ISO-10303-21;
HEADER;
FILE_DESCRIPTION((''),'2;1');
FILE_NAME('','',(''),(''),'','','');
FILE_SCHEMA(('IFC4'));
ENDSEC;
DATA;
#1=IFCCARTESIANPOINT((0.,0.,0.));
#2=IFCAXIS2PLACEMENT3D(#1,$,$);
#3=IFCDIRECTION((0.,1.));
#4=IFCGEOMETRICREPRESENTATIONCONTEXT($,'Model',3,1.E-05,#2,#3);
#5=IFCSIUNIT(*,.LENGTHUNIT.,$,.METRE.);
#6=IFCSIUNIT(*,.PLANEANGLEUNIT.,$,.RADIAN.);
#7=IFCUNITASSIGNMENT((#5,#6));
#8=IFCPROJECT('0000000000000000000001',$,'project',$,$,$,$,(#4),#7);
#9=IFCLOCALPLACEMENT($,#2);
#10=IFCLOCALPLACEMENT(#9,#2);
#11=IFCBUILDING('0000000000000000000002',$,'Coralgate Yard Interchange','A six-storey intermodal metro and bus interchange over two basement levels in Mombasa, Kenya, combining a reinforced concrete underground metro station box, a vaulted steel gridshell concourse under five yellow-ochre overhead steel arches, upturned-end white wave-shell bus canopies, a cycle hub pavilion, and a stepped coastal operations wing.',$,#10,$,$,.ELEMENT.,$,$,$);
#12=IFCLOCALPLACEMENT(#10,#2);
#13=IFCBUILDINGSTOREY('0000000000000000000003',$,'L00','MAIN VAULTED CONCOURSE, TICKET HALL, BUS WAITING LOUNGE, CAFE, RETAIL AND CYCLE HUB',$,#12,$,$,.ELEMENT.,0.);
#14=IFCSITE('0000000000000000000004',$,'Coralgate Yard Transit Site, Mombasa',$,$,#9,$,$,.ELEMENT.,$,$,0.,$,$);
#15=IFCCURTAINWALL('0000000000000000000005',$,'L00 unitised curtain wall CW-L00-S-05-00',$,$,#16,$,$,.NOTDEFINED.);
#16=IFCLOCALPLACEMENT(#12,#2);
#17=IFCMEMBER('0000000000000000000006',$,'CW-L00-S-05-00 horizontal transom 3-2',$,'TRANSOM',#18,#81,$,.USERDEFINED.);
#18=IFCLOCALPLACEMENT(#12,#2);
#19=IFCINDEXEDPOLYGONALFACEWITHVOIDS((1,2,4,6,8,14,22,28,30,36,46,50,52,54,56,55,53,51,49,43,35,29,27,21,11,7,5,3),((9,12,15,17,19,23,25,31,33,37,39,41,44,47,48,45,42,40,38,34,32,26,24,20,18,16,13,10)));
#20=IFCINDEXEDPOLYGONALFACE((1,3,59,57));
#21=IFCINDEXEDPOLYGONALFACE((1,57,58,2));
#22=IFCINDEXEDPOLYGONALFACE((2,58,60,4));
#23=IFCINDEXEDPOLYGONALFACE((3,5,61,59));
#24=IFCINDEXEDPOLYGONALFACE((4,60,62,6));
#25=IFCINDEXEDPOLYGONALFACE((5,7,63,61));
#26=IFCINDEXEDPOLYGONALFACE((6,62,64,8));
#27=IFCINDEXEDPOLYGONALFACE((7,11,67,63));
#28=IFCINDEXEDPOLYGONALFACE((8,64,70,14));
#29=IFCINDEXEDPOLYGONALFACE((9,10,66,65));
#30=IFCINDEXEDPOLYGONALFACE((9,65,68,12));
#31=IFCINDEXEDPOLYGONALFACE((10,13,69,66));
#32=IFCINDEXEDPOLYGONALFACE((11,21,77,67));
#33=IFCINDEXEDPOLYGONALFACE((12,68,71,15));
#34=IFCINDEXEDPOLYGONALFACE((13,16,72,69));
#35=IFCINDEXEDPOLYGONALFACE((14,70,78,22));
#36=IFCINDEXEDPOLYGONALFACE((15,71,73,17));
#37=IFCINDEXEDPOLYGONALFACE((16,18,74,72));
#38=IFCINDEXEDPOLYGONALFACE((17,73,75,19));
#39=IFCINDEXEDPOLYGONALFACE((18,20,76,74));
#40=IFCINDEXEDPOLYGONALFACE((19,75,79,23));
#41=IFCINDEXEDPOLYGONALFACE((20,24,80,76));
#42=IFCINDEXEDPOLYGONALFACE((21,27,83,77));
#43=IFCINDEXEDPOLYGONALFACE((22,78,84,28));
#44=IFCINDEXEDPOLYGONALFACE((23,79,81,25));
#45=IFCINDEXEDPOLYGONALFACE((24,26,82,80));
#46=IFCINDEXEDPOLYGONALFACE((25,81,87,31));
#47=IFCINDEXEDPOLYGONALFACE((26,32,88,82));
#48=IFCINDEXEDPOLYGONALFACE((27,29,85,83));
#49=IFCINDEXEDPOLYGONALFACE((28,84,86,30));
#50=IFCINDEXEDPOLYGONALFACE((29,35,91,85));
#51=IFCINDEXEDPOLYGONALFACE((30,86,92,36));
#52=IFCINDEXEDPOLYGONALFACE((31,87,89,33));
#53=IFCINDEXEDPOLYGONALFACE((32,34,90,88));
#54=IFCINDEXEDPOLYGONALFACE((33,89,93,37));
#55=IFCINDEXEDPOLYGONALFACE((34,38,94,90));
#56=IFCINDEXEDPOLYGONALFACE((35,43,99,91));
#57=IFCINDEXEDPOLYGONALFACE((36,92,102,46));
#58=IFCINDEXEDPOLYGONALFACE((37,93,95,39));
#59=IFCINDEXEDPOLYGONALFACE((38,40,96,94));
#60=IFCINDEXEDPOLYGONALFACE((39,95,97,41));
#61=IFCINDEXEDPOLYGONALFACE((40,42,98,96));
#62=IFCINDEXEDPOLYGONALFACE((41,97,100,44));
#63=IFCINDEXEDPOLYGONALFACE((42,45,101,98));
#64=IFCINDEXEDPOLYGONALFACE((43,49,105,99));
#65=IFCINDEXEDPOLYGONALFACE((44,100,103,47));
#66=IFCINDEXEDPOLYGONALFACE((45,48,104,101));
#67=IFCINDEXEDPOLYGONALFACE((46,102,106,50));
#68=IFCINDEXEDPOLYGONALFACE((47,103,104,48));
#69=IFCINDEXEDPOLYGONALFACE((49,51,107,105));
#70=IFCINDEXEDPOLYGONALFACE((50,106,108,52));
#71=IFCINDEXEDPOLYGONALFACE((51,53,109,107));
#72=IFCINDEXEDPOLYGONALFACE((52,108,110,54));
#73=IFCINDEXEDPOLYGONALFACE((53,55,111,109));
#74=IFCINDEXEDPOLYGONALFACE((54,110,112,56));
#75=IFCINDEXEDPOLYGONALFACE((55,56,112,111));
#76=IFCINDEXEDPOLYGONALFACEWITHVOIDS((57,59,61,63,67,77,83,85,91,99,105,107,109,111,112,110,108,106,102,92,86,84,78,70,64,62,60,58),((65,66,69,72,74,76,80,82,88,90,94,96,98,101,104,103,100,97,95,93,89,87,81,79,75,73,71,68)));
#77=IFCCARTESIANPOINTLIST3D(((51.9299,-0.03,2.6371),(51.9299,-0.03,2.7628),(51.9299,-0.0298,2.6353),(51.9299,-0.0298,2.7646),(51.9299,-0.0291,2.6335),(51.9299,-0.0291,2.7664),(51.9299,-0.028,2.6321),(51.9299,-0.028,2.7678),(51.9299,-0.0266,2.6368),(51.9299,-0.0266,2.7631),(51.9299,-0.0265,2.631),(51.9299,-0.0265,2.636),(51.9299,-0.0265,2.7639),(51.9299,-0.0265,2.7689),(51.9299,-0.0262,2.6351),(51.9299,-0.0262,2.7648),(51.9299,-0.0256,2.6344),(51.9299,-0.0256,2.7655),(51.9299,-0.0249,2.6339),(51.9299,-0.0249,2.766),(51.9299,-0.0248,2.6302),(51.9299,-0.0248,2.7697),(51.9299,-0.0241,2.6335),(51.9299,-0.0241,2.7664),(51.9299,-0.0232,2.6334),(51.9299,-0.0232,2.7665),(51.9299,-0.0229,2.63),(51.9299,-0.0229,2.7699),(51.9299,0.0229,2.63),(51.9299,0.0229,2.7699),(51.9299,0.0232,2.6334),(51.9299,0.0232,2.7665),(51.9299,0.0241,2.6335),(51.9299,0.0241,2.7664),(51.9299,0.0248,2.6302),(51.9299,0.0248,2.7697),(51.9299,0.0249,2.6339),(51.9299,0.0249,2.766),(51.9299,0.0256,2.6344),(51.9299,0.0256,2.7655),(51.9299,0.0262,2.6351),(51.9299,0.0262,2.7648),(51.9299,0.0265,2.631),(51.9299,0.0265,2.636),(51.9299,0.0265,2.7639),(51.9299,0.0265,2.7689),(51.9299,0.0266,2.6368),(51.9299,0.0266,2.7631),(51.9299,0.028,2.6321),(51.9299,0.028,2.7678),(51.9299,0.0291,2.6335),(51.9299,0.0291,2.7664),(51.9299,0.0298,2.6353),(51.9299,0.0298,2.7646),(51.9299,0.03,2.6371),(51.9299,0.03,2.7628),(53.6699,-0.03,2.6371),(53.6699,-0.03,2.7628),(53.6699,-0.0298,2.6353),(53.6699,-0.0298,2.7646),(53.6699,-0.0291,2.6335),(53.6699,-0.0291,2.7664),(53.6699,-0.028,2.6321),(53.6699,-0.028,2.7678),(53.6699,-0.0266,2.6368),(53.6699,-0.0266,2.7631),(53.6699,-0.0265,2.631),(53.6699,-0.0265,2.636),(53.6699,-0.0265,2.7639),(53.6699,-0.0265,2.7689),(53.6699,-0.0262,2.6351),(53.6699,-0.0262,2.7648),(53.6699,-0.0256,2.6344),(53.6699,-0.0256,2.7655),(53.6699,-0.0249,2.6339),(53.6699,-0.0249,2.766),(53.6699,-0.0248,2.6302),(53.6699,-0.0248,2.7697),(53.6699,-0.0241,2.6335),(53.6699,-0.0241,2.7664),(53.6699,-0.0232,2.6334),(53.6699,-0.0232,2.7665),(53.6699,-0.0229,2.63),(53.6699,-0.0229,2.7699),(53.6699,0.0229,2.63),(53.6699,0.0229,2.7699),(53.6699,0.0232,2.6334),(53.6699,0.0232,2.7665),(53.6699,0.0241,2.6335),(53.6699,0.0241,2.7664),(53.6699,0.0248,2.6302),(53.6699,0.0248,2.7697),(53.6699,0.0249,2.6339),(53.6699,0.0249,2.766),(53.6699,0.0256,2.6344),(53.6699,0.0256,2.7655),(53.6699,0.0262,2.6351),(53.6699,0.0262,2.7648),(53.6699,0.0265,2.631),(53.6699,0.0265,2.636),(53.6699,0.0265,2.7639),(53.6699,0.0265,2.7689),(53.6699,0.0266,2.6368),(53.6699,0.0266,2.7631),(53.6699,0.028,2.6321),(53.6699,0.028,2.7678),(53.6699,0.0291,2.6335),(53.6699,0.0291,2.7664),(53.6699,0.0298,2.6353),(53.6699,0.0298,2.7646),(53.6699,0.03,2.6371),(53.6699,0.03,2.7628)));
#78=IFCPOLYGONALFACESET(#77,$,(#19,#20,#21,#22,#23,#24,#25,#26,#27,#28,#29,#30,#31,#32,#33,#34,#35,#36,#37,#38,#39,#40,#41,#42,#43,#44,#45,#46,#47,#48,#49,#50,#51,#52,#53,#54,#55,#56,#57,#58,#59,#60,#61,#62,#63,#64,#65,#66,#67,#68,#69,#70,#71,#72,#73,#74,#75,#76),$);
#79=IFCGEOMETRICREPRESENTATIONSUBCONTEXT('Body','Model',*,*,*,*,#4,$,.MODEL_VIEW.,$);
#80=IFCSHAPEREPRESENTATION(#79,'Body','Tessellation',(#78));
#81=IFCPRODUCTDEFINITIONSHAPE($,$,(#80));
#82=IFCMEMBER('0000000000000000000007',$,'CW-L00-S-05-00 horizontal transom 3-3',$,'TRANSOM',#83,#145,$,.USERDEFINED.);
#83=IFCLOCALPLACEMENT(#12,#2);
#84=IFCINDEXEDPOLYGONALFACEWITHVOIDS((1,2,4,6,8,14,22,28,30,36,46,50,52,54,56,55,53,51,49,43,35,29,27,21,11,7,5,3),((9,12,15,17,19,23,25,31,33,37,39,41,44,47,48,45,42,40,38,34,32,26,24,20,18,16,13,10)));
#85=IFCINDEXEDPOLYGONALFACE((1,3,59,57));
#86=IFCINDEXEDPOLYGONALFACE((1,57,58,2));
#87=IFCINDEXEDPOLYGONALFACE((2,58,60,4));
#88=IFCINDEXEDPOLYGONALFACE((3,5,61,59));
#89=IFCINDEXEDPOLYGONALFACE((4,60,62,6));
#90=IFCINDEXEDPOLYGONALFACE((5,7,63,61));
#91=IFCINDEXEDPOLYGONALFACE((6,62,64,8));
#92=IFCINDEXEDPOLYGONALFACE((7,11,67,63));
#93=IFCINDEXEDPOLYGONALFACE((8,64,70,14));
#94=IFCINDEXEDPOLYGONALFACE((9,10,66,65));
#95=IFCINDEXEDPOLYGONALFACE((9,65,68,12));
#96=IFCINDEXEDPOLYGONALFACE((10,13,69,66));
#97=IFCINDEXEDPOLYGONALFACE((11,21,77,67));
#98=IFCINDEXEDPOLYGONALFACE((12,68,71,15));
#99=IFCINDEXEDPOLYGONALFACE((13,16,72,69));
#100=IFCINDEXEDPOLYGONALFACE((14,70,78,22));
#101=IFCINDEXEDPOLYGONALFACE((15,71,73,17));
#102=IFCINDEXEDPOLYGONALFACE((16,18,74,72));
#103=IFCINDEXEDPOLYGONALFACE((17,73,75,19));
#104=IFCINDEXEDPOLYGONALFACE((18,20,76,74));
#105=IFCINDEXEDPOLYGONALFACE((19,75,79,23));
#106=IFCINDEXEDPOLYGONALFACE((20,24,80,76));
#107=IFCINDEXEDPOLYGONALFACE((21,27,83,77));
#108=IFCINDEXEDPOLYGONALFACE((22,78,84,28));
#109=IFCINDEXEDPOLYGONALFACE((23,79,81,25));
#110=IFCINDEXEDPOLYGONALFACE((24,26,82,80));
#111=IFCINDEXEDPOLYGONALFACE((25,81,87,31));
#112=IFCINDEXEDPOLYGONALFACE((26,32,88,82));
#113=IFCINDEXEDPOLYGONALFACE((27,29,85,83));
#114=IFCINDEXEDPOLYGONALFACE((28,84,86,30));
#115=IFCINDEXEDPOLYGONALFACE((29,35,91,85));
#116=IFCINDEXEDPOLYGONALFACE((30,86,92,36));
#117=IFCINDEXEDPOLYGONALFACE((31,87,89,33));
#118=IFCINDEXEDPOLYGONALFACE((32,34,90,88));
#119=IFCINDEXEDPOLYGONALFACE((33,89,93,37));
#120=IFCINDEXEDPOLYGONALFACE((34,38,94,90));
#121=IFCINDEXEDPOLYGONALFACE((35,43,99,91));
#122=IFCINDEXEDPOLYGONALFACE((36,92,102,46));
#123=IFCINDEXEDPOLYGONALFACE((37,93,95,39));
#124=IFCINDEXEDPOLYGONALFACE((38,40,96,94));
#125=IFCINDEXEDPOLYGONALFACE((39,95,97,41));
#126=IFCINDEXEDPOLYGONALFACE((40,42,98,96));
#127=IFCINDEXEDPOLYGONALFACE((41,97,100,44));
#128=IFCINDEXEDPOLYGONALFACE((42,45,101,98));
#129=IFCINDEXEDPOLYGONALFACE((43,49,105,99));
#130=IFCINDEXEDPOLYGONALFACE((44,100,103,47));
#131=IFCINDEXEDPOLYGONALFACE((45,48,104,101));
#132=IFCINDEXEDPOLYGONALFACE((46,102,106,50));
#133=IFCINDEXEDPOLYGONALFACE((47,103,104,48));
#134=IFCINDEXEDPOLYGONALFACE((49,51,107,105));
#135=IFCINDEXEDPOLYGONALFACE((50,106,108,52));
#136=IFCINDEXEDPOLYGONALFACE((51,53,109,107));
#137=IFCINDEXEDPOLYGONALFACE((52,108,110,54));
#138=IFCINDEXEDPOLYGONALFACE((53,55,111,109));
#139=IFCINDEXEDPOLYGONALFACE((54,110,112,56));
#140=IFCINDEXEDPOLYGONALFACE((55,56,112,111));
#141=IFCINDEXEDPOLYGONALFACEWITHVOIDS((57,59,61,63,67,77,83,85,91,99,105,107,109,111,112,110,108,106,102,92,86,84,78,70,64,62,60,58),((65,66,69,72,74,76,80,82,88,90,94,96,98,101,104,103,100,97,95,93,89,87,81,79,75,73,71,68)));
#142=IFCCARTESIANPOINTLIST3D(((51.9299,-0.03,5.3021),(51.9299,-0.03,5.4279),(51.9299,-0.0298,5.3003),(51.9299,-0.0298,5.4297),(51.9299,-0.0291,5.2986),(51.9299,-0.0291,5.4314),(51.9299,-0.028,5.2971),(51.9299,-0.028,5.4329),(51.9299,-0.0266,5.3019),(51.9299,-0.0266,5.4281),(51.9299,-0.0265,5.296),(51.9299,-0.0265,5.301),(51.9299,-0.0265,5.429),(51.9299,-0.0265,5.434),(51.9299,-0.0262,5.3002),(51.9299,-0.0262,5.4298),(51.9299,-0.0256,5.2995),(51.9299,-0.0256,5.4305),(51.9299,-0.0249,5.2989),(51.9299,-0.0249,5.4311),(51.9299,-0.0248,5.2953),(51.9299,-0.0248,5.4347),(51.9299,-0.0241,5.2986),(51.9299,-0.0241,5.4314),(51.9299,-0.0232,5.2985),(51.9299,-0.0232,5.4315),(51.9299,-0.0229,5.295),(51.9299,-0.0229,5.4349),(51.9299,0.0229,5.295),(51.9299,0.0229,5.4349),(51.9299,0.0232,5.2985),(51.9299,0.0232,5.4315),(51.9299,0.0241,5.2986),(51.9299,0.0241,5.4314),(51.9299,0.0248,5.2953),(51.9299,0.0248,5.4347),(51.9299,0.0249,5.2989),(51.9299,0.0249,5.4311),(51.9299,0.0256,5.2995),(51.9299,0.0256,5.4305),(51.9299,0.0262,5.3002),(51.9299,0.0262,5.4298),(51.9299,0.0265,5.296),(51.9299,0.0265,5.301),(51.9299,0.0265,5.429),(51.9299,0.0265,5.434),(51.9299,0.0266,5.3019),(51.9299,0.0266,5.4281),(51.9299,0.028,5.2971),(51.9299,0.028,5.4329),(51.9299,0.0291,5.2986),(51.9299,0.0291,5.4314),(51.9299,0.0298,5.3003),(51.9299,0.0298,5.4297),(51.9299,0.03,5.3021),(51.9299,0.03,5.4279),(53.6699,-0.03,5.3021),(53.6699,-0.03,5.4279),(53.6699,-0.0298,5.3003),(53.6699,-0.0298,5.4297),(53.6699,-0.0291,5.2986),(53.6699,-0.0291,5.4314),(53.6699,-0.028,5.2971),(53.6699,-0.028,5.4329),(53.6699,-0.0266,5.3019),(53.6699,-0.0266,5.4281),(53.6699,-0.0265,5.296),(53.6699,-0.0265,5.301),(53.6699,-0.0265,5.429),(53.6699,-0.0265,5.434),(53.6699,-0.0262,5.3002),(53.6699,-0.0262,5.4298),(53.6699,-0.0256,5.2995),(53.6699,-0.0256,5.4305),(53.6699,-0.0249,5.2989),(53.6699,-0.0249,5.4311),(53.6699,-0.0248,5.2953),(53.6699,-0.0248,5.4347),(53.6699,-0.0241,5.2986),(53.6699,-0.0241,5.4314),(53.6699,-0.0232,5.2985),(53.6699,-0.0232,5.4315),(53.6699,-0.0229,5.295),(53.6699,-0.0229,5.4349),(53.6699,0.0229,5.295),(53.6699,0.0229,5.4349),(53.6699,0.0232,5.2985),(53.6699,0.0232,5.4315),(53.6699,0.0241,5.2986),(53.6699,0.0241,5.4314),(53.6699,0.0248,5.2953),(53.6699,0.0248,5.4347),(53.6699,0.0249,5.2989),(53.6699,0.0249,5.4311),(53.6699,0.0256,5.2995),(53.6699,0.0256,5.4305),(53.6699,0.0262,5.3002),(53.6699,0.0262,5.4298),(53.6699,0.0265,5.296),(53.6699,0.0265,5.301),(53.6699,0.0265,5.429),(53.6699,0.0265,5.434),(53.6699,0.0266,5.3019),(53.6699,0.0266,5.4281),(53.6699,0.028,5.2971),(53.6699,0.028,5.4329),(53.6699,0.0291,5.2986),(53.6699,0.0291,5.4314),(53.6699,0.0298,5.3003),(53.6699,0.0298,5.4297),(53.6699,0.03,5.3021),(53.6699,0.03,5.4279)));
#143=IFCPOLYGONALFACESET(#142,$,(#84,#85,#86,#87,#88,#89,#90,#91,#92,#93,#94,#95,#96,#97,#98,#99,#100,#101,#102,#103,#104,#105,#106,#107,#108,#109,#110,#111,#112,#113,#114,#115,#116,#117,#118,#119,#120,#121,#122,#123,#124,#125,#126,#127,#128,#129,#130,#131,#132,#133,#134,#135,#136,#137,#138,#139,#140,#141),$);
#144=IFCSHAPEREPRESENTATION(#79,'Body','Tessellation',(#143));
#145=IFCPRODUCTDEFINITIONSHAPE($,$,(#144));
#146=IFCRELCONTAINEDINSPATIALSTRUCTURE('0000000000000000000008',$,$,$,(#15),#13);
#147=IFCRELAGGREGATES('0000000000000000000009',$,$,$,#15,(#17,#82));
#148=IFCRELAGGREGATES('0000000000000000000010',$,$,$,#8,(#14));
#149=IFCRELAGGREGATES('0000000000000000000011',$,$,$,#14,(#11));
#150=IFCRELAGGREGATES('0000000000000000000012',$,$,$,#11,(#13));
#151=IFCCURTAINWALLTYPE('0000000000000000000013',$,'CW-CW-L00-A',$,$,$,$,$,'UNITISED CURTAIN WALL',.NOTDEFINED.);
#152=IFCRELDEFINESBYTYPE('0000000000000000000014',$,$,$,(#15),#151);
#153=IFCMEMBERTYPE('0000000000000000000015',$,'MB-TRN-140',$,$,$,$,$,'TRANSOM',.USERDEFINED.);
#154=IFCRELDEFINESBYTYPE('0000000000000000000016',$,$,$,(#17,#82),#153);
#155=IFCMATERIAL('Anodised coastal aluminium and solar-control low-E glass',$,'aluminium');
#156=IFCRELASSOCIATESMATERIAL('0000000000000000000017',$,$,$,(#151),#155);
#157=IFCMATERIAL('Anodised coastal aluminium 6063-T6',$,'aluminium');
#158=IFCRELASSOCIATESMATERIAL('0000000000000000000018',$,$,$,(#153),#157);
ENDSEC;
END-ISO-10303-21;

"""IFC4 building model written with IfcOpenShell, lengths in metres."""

from ifc_helpers import new_model, si_unit, direction, frame, origin, origin_2d, place, context, subcontext, project, spatial, hollow_rectangle, extrude, material, material_profile, profile_set, type_object, element, aggregate, save


model = new_model("IFC4")

# Units and contexts
model_context = context("Model", 3, precision=1e-05, world=origin(), true_north=direction((0.0, 1.0)))
body_context = subcontext(model_context, "Body", "Model", "MODEL_VIEW")
ifc_project = project(units=[si_unit("LENGTHUNIT", "METRE"), si_unit("PLANEANGLEUNIT", "RADIAN")], contexts=[model_context])

# Site, building, storey
site_placement = place(None, origin())
site = spatial("IfcSite", under=ifc_project, at=site_placement, Name="Coralgate Yard Transit Site, Mombasa", CompositionType="ELEMENT", RefElevation=0.0)
building_placement = place(site_placement, origin())
building = spatial("IfcBuilding", under=site, at=building_placement, Name="Coralgate Yard Interchange", Description="A six-storey intermodal metro and bus interchange over two basement levels in Mombasa, Kenya, combining a reinforced concrete underground metro station box, a vaulted steel gridshell concourse under five yellow-ochre overhead steel arches, upturned-end white wave-shell bus canopies, a cycle hub pavilion, and a stepped coastal operations wing.", CompositionType="ELEMENT")
storey_placement = place(building_placement, origin())
storey = spatial("IfcBuildingStorey", under=building, at=storey_placement, Name="L00", Description="MAIN VAULTED CONCOURSE, TICKET HALL, BUS WAITING LOUNGE, CAFE, RETAIL AND CYCLE HUB", CompositionType="ELEMENT", Elevation=0.0)

# Curtain wall, members
ifc_material_1 = material(Name="Anodised coastal aluminium and solar-control low-E glass", Category="aluminium")
curtain_wall_type = type_object("IfcCurtainWallType", Name="CW-CW-L00-A", ElementType="UNITISED CURTAIN WALL", PredefinedType="NOTDEFINED", material=ifc_material_1)
curtain_wall_placement = place(storey_placement, origin())
curtain_wall = element("IfcCurtainWall", 1, at=curtain_wall_placement, inside=storey, type_object=curtain_wall_type, Name="L00 unitised curtain wall CW-L00-S-05-00", PredefinedType="NOTDEFINED")
ifc_material_2 = material(Name="Anodised coastal aluminium 6063-T6", Category="aluminium")
ifc_material_profile_1 = material_profile(ifc_material_2, hollow_rectangle(XDim=0.0601, YDim=0.1399, WallThickness=0.0034, InnerFilletRadius=0.0034, OuterFilletRadius=0.0071, at=origin_2d()), Name="ALU 60x140x3.5")
ifc_profile_set_1 = profile_set([ifc_material_profile_1], Name="Anodised coastal aluminium 6063-T6")
member_type_1 = type_object("IfcMemberType", Name="MB-TRN-140", ElementType="TRANSOM", PredefinedType="USERDEFINED", material=ifc_profile_set_1)
member_1_placement = place(storey_placement, frame((53.6699, 0.0, 2.7), z_axis=(-1.0, 0.0, 0.0), x_axis=(0.0, -1.0, 0.0)))
member_1 = element("IfcMember", 2, at=member_1_placement, type_object=member_type_1, Name="CW-L00-S-05-00 horizontal transom 3-2", ObjectType="TRANSOM", PredefinedType="USERDEFINED", context=body_context, shape_type="SweptSolid", body=[
    extrude(hollow_rectangle(XDim=0.0601, YDim=0.1399, WallThickness=0.0034, InnerFilletRadius=0.0034, OuterFilletRadius=0.0071, at=origin_2d()), origin(), (0.0, 0.0, 1.0), 1.74),
])
member_2_placement = place(storey_placement, frame((53.6699, 0.0, 5.365), z_axis=(-1.0, 0.0, 0.0), x_axis=(0.0, -1.0, 0.0)))
member_2 = element("IfcMember", 3, at=member_2_placement, type_object=member_type_1, Name="CW-L00-S-05-00 horizontal transom 3-3", ObjectType="TRANSOM", PredefinedType="USERDEFINED", context=body_context, shape_type="SweptSolid", body=[
    extrude(hollow_rectangle(XDim=0.0601, YDim=0.1399, WallThickness=0.0034, InnerFilletRadius=0.0034, OuterFilletRadius=0.0071, at=origin_2d()), origin(), (0.0, 0.0, 1.0), 1.74),
])
aggregate(curtain_wall, [member_1, member_2])

save(model, "model.ifc")
